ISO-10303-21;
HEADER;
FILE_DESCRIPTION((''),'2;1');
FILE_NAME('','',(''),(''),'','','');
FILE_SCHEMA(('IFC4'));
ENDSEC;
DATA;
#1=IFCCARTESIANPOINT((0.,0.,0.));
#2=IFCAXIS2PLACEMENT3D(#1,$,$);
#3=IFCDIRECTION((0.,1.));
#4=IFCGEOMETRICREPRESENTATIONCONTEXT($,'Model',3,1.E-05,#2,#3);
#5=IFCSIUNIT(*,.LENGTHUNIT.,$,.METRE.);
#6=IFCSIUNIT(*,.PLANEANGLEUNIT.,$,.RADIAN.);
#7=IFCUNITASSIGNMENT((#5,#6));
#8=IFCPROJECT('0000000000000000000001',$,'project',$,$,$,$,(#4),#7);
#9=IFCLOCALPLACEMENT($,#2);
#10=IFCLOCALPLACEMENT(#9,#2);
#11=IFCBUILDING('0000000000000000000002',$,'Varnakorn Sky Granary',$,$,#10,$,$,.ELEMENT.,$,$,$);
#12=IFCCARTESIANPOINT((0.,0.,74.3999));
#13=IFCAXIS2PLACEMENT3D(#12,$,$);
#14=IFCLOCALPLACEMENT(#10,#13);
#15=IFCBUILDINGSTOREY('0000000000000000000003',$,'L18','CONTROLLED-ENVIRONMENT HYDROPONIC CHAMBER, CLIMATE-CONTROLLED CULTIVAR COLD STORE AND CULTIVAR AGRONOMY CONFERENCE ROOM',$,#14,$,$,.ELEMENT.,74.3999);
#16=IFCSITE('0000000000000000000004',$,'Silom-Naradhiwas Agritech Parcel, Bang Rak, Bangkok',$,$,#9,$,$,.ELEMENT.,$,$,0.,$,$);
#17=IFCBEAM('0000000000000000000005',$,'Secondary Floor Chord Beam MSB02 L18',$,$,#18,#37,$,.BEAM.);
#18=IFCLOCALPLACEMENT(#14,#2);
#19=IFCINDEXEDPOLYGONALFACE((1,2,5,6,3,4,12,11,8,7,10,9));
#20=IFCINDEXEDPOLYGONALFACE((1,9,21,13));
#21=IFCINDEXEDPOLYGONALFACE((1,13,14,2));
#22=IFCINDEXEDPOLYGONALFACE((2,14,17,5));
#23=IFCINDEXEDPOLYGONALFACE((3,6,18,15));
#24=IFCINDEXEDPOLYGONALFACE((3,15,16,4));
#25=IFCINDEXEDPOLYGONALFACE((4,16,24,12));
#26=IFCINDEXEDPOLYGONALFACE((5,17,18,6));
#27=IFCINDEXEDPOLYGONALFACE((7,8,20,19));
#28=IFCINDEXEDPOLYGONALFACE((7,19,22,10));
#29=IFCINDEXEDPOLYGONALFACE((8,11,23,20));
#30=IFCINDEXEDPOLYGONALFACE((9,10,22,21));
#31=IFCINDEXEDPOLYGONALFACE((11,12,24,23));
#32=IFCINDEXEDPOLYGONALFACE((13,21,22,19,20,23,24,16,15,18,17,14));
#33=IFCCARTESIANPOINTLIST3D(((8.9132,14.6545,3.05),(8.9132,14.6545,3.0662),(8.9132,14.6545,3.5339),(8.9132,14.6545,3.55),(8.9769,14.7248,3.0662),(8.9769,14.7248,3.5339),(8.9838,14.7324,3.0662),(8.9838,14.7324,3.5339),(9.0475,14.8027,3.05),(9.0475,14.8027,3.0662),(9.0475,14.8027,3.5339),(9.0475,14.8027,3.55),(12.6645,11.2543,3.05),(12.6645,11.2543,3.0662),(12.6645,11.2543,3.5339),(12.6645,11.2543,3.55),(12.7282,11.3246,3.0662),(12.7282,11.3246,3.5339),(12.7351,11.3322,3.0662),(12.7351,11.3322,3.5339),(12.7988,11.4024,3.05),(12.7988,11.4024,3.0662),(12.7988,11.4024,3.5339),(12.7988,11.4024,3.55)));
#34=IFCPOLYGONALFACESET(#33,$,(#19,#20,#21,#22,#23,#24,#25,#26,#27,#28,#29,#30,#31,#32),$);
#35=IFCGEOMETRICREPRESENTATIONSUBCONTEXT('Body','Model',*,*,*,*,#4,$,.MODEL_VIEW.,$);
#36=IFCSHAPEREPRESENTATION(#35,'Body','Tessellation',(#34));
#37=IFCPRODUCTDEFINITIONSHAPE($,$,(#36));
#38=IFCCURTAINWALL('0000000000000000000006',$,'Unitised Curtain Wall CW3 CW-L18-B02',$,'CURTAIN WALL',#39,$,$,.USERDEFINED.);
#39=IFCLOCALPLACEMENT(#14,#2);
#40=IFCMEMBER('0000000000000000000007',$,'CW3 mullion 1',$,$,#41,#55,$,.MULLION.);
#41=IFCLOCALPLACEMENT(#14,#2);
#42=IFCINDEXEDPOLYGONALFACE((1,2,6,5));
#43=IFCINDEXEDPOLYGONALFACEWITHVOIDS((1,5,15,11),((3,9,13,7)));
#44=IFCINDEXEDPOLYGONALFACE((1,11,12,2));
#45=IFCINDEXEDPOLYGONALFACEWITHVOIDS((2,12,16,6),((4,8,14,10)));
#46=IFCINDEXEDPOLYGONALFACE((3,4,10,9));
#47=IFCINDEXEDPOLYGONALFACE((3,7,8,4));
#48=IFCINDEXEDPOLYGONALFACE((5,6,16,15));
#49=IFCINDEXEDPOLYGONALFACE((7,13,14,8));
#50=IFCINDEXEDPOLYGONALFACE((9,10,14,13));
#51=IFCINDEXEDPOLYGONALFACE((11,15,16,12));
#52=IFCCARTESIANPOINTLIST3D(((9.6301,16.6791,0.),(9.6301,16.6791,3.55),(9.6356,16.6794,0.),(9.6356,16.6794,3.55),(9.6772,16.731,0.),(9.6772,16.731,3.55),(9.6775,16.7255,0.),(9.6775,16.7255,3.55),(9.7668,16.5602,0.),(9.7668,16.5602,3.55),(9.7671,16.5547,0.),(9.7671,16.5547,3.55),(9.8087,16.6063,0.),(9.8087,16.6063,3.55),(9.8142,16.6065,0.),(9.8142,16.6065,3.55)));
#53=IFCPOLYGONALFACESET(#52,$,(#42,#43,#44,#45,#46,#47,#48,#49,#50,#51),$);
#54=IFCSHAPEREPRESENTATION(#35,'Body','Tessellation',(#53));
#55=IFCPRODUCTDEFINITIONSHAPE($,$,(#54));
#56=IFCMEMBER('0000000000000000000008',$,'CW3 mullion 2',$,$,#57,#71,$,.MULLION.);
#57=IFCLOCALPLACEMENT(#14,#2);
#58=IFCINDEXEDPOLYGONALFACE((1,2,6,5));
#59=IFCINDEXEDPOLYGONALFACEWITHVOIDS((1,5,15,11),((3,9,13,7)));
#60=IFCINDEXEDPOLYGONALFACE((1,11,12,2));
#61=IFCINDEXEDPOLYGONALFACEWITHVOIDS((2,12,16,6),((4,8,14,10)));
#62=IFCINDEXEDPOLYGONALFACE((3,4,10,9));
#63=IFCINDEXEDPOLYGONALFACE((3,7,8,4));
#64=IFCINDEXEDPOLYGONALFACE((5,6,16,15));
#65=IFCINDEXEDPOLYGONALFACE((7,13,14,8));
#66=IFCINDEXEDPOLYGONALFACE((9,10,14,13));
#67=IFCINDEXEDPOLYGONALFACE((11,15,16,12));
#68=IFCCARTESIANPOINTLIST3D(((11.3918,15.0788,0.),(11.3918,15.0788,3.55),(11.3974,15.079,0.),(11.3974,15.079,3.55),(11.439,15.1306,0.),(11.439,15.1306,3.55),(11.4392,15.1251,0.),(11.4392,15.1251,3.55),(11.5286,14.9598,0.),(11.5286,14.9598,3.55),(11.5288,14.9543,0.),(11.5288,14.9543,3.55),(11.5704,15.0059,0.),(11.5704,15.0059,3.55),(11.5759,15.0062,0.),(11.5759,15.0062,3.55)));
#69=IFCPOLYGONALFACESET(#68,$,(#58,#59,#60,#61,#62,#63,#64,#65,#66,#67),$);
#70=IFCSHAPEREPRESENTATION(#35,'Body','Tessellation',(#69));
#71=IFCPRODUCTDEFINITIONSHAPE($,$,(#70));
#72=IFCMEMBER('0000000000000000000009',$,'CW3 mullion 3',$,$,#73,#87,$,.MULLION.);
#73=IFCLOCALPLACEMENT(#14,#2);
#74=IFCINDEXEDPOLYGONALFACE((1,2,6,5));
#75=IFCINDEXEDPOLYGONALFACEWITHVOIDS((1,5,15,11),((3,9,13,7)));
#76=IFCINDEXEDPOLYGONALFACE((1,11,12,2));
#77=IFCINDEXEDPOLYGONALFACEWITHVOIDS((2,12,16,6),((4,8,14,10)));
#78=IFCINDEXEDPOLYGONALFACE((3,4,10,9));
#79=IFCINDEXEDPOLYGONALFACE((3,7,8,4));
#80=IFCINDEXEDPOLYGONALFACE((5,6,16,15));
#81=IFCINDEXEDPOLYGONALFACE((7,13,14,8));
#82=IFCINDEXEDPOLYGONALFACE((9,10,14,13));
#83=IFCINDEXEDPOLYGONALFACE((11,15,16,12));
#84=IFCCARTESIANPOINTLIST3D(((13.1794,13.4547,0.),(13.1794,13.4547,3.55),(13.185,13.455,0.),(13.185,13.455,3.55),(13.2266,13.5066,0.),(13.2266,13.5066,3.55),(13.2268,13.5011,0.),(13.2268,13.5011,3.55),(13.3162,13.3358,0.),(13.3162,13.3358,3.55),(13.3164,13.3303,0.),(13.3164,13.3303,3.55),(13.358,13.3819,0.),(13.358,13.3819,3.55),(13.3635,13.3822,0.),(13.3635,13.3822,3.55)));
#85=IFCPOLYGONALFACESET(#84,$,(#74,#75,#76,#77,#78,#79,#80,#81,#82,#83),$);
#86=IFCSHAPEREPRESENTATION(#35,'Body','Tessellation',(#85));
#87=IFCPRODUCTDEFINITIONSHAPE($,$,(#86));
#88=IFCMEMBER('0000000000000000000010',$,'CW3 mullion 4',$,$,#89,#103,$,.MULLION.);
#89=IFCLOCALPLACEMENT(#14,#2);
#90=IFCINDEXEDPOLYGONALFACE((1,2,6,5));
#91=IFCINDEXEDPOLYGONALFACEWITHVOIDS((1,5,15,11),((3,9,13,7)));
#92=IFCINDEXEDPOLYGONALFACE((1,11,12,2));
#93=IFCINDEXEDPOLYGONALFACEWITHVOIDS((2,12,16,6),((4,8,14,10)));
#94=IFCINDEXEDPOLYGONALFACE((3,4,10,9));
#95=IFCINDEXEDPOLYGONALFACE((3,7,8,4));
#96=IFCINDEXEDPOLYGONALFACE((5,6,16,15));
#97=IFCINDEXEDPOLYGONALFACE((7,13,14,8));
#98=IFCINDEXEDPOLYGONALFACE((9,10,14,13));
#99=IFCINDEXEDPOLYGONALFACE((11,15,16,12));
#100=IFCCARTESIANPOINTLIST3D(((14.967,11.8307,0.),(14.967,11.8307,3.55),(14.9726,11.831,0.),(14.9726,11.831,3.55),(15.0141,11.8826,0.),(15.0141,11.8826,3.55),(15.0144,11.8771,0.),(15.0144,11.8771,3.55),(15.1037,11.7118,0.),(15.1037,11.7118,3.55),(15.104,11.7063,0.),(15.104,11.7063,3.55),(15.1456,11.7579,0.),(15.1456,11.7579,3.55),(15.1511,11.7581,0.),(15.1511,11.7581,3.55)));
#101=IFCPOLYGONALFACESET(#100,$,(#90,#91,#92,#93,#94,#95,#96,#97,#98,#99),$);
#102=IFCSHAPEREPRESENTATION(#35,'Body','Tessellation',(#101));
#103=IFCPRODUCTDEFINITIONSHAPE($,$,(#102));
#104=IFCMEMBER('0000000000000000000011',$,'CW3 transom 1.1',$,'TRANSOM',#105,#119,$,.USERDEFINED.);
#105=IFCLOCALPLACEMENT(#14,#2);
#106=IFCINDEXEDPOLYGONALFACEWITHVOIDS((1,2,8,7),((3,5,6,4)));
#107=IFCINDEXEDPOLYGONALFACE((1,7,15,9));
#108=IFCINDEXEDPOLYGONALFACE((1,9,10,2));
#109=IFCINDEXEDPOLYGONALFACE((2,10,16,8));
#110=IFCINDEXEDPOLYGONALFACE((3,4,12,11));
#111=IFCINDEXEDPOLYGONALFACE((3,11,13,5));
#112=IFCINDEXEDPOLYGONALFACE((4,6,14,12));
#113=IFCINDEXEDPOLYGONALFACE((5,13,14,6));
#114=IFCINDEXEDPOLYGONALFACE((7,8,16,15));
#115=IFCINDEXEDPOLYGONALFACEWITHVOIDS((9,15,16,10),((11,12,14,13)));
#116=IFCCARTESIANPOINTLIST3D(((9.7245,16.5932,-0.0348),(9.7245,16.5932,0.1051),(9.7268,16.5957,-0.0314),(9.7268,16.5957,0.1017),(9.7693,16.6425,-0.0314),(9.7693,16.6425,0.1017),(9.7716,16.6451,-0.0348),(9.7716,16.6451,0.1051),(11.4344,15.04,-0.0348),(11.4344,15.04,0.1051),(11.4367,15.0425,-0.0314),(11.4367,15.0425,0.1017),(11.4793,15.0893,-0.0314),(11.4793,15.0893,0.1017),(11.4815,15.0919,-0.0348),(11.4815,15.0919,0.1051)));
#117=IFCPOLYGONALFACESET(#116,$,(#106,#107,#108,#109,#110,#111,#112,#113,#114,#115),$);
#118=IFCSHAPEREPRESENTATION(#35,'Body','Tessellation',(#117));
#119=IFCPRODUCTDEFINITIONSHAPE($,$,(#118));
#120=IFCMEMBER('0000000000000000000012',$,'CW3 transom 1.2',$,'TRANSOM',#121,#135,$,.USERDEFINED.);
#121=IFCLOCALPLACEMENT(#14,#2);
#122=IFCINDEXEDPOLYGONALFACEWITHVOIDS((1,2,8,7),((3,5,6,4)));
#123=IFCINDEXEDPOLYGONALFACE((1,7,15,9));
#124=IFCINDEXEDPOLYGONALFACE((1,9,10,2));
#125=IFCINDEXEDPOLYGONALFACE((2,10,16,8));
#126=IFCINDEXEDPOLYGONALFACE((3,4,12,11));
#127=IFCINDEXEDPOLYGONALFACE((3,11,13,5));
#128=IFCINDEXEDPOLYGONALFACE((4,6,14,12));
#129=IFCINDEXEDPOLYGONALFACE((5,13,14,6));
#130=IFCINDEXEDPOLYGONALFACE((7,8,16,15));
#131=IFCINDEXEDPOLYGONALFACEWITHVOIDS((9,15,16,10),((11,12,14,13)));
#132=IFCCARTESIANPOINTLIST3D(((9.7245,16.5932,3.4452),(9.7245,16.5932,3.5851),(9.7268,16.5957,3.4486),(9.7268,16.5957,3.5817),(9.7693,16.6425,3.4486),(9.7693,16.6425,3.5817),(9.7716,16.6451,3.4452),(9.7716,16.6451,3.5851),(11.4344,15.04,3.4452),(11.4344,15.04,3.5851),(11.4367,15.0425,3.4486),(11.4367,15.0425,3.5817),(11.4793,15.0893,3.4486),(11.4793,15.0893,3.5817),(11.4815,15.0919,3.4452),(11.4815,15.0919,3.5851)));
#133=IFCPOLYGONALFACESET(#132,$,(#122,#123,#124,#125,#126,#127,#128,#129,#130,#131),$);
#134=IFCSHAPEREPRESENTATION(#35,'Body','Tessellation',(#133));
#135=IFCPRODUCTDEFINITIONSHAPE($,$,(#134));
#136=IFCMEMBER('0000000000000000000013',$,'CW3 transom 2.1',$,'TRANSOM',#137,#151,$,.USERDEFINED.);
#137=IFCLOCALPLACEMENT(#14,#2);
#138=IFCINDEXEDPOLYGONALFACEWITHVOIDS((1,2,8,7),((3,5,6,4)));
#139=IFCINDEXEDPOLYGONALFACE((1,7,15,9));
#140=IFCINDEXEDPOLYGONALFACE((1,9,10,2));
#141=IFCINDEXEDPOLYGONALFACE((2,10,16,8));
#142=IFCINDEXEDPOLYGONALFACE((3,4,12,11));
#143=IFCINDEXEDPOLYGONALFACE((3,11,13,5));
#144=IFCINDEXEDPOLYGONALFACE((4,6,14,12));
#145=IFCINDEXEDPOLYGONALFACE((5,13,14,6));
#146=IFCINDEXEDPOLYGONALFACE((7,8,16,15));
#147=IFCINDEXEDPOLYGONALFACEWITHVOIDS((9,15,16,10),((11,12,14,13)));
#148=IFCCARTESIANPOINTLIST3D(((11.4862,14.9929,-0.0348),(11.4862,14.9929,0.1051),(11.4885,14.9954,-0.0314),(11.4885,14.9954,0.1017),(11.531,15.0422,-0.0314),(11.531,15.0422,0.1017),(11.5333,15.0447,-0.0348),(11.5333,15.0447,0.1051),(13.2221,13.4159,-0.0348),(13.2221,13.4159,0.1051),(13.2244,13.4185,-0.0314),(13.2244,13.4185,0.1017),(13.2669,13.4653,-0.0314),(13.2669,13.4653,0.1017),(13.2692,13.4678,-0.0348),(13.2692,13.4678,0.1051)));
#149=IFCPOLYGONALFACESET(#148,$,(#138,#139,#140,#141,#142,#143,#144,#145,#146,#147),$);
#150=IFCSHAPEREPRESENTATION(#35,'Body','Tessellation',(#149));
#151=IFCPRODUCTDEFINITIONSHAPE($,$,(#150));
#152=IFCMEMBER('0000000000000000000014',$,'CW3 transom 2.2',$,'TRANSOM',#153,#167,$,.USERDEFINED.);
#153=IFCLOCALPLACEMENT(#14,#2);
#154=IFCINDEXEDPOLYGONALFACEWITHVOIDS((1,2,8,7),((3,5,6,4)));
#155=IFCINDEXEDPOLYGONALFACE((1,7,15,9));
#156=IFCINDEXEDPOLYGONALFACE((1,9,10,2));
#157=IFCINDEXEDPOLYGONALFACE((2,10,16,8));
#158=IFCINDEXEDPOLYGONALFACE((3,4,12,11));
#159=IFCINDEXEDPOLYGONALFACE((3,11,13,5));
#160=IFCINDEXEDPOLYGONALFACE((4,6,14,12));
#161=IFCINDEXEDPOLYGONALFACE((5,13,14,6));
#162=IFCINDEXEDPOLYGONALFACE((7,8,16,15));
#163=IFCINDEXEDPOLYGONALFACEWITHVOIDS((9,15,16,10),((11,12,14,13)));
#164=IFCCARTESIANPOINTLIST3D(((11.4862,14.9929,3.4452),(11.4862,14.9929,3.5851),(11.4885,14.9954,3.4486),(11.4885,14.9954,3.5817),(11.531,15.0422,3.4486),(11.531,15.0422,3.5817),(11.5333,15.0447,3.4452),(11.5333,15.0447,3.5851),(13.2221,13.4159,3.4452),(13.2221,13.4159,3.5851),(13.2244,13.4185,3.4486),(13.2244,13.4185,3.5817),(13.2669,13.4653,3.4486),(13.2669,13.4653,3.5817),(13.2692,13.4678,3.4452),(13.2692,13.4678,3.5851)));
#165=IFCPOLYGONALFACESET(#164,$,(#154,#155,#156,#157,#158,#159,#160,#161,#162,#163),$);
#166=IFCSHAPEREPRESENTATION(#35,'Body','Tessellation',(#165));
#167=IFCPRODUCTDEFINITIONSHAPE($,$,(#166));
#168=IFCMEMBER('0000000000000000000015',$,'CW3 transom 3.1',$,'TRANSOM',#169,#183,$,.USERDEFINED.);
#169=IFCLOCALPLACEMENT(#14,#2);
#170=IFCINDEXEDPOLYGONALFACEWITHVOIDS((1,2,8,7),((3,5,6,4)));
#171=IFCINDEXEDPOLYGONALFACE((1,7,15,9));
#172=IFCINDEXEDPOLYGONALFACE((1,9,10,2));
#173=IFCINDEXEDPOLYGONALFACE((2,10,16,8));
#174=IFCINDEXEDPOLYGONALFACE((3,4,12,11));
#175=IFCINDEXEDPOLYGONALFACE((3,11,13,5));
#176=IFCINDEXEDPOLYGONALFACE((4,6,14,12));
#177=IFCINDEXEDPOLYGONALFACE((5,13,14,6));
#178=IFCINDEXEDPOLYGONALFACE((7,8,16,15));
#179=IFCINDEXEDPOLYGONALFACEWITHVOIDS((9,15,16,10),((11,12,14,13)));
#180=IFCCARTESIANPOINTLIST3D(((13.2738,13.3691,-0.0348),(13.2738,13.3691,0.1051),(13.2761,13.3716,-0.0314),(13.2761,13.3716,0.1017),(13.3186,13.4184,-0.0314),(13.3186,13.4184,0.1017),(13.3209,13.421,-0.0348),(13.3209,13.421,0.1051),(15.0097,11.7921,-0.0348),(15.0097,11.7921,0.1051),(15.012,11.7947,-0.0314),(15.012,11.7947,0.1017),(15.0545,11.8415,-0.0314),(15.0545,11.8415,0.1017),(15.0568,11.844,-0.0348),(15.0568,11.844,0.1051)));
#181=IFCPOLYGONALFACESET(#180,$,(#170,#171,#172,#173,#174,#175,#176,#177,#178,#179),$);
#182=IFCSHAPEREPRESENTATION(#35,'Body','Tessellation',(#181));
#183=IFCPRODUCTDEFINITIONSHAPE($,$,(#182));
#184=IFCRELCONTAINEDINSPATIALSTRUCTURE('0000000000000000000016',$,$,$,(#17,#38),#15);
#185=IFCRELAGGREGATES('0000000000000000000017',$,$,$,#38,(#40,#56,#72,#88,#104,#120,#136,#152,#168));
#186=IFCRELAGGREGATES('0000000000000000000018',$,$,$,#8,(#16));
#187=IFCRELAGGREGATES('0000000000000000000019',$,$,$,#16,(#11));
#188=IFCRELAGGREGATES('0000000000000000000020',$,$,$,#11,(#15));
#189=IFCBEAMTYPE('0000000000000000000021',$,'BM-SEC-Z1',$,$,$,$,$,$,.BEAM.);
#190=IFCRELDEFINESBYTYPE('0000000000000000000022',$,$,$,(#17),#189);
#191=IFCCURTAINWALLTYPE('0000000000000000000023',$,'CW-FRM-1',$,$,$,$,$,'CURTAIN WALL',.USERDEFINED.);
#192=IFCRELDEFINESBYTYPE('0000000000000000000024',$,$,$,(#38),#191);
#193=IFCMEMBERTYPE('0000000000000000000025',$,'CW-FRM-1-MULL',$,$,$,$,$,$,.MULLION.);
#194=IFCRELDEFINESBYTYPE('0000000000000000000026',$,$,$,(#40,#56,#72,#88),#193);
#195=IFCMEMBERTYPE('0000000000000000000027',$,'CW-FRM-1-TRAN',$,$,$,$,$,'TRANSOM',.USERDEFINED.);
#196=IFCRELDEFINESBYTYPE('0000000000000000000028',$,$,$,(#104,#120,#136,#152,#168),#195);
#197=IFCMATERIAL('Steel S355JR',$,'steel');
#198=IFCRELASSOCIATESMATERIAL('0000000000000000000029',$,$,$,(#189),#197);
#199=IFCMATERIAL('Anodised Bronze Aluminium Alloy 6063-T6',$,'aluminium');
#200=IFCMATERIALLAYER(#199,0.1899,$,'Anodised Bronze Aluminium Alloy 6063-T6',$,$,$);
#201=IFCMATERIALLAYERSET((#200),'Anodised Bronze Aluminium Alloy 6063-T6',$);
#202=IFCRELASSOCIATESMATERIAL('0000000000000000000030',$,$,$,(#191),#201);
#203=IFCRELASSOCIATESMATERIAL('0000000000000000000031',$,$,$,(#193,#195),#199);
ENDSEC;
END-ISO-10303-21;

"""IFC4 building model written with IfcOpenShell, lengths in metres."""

from ifc_helpers import new_model, si_unit, direction, frame, origin, origin_2d, place, context, subcontext, project, spatial, hollow_rectangle, i_section, extrude, material, layer, layer_set, material_profile, profile_set, type_object, element, aggregate, save


model = new_model("IFC4")

# Units and contexts
model_context = context("Model", 3, precision=1e-05, world=origin(), true_north=direction((0.0, 1.0)))
body_context = subcontext(model_context, "Body", "Model", "MODEL_VIEW")
ifc_project = project(units=[si_unit("LENGTHUNIT", "METRE"), si_unit("PLANEANGLEUNIT", "RADIAN")], contexts=[model_context])

# Site, building, storey
site_placement = place(None, origin())
site = spatial("IfcSite", under=ifc_project, at=site_placement, Name="Silom-Naradhiwas Agritech Parcel, Bang Rak, Bangkok", CompositionType="ELEMENT", RefElevation=0.0)
building_placement = place(site_placement, origin())
building = spatial("IfcBuilding", under=site, at=building_placement, Name="Varnakorn Sky Granary", CompositionType="ELEMENT")
storey_placement = place(building_placement, frame((0.0, 0.0, 74.3999)))
storey = spatial("IfcBuildingStorey", under=building, at=storey_placement, Name="L18", Description="CONTROLLED-ENVIRONMENT HYDROPONIC CHAMBER, CLIMATE-CONTROLLED CULTIVAR COLD STORE AND CULTIVAR AGRONOMY CONFERENCE ROOM", CompositionType="ELEMENT", Elevation=74.3999)

# Beam
ifc_material_1 = material(Name="Steel S355JR", Category="steel")
ifc_material_profile_1 = material_profile(ifc_material_1, i_section(OverallWidth=0.2, OverallDepth=0.5, WebThickness=0.0103, FlangeThickness=0.0161, at=origin_2d()), Name="IPE 500")
ifc_profile_set_1 = profile_set([ifc_material_profile_1], Name="Steel S355JR")
beam_type = type_object("IfcBeamType", Name="BM-SEC-Z1", PredefinedType="BEAM", material=ifc_profile_set_1)
beam_placement = place(storey_placement, frame((12.7317, 11.3284, 3.3), z_axis=(-0.740928, 0.671585, 0.0), x_axis=(-0.671585, -0.740928, 0.0)))
element("IfcBeam", 1, at=beam_placement, inside=storey, type_object=beam_type, Name="Secondary Floor Chord Beam MSB02 L18", PredefinedType="BEAM", context=body_context, shape_type="SweptSolid", body=[
    extrude(i_section(OverallWidth=0.2, OverallDepth=0.5, WebThickness=0.0103, FlangeThickness=0.0161, at=origin_2d()), origin(), (0.0, 0.0, 1.0), 5.063),
])

# Curtain wall, members
ifc_material_2 = material(Name="Anodised Bronze Aluminium Alloy 6063-T6", Category="aluminium")
ifc_layer_1 = layer(ifc_material_2, 0.1899, Name="Anodised Bronze Aluminium Alloy 6063-T6")
ifc_layer_set_1 = layer_set([ifc_layer_1], Name="Anodised Bronze Aluminium Alloy 6063-T6")
curtain_wall_type = type_object("IfcCurtainWallType", Name="CW-FRM-1", ElementType="CURTAIN WALL", PredefinedType="USERDEFINED", material=ifc_layer_set_1)
curtain_wall_placement = place(storey_placement, origin())
curtain_wall = element("IfcCurtainWall", 2, at=curtain_wall_placement, inside=storey, type_object=curtain_wall_type, Name="Unitised Curtain Wall CW3 CW-L18-B02", ObjectType="CURTAIN WALL", PredefinedType="USERDEFINED")
ifc_material_profile_2 = material_profile(ifc_material_2, hollow_rectangle(XDim=0.0701, YDim=0.1851, WallThickness=0.0039, at=origin_2d()), Name="ALU MULL 70x185")
ifc_profile_set_2 = profile_set([ifc_material_profile_2], Name="Anodised Bronze Aluminium Alloy 6063-T6")
member_type_1 = type_object("IfcMemberType", Name="CW-FRM-1-MULL", PredefinedType="MULLION", material=ifc_profile_set_2)
member_1_placement = place(storey_placement, frame((9.7222, 16.6428, 0.0), z_axis=(0.0, 0.0, 1.0), x_axis=(0.672398, 0.74019, 0.0)))
member_1 = element("IfcMember", 3, at=member_1_placement, type_object=member_type_1, Name="CW3 mullion 1", PredefinedType="MULLION", context=body_context, shape_type="SweptSolid", body=[
    extrude(hollow_rectangle(XDim=0.0701, YDim=0.1851, WallThickness=0.0039, at=origin_2d()), origin(), (0.0, 0.0, 1.0), 3.55),
])
member_2_placement = place(storey_placement, frame((11.4839, 15.0425, 0.0), z_axis=(0.0, 0.0, 1.0), x_axis=(0.672398, 0.74019, 0.0)))
member_2 = element("IfcMember", 4, at=member_2_placement, type_object=member_type_1, Name="CW3 mullion 2", PredefinedType="MULLION", context=body_context, shape_type="SweptSolid", body=[
    extrude(hollow_rectangle(XDim=0.0701, YDim=0.1851, WallThickness=0.0039, at=origin_2d()), origin(), (0.0, 0.0, 1.0), 3.55),
])
member_3_placement = place(storey_placement, frame((13.2715, 13.4185, 0.0), z_axis=(0.0, 0.0, 1.0), x_axis=(0.672398, 0.74019, 0.0)))
member_3 = element("IfcMember", 5, at=member_3_placement, type_object=member_type_1, Name="CW3 mullion 3", PredefinedType="MULLION", context=body_context, shape_type="SweptSolid", body=[
    extrude(hollow_rectangle(XDim=0.0701, YDim=0.1851, WallThickness=0.0039, at=origin_2d()), origin(), (0.0, 0.0, 1.0), 3.55),
])
member_4_placement = place(storey_placement, frame((15.0591, 11.7944, 0.0), z_axis=(0.0, 0.0, 1.0), x_axis=(0.672398, 0.74019, 0.0)))
member_4 = element("IfcMember", 6, at=member_4_placement, type_object=member_type_1, Name="CW3 mullion 4", PredefinedType="MULLION", context=body_context, shape_type="SweptSolid", body=[
    extrude(hollow_rectangle(XDim=0.0701, YDim=0.1851, WallThickness=0.0039, at=origin_2d()), origin(), (0.0, 0.0, 1.0), 3.55),
])
ifc_material_profile_3 = material_profile(ifc_material_2, hollow_rectangle(XDim=0.0701, YDim=0.1399, WallThickness=0.0034, at=origin_2d()), Name="ALU TRAN 70x140")
ifc_profile_set_3 = profile_set([ifc_material_profile_3], Name="Anodised Bronze Aluminium Alloy 6063-T6")
member_type_2 = type_object("IfcMemberType", Name="CW-FRM-1-TRAN", ElementType="TRANSOM", PredefinedType="USERDEFINED", material=ifc_profile_set_3)
member_5_placement = place(storey_placement, frame((9.748, 16.6191, 0.0352), z_axis=(0.740217, -0.672368, 0.0), x_axis=(0.672368, 0.740217, 0.0)))
member_5 = element("IfcMember", 7, at=member_5_placement, type_object=member_type_2, Name="CW3 transom 1.1", ObjectType="TRANSOM", PredefinedType="USERDEFINED", context=body_context, shape_type="SweptSolid", body=[
    extrude(hollow_rectangle(XDim=0.0701, YDim=0.1399, WallThickness=0.0034, at=origin_2d()), origin(), (0.0, 0.0, 1.0), 2.3101),
])
member_6_placement = place(storey_placement, frame((9.748, 16.6191, 3.5151), z_axis=(0.740217, -0.672368, 0.0), x_axis=(0.672368, 0.740217, 0.0)))
member_6 = element("IfcMember", 8, at=member_6_placement, type_object=member_type_2, Name="CW3 transom 1.2", ObjectType="TRANSOM", PredefinedType="USERDEFINED", context=body_context, shape_type="SweptSolid", body=[
    extrude(hollow_rectangle(XDim=0.0701, YDim=0.1399, WallThickness=0.0034, at=origin_2d()), origin(), (0.0, 0.0, 1.0), 2.3101),
])
member_7_placement = place(storey_placement, frame((11.5098, 15.0188, 0.0352), z_axis=(0.74018, -0.672408, 0.0), x_axis=(0.672408, 0.74018, 0.0)))
member_7 = element("IfcMember", 9, at=member_7_placement, type_object=member_type_2, Name="CW3 transom 2.1", ObjectType="TRANSOM", PredefinedType="USERDEFINED", context=body_context, shape_type="SweptSolid", body=[
    extrude(hollow_rectangle(XDim=0.0701, YDim=0.1399, WallThickness=0.0034, at=origin_2d()), origin(), (0.0, 0.0, 1.0), 2.3452),
])
member_8_placement = place(storey_placement, frame((11.5098, 15.0188, 3.5151), z_axis=(0.74018, -0.672408, 0.0), x_axis=(0.672408, 0.74018, 0.0)))
member_8 = element("IfcMember", 10, at=member_8_placement, type_object=member_type_2, Name="CW3 transom 2.2", ObjectType="TRANSOM", PredefinedType="USERDEFINED", context=body_context, shape_type="SweptSolid", body=[
    extrude(hollow_rectangle(XDim=0.0701, YDim=0.1399, WallThickness=0.0034, at=origin_2d()), origin(), (0.0, 0.0, 1.0), 2.3452),
])
member_9_placement = place(storey_placement, frame((13.2974, 13.395, 0.0352), z_axis=(0.74018, -0.672408, 0.0), x_axis=(0.672408, 0.74018, 0.0)))
member_9 = element("IfcMember", 11, at=member_9_placement, type_object=member_type_2, Name="CW3 transom 3.1", ObjectType="TRANSOM", PredefinedType="USERDEFINED", context=body_context, shape_type="SweptSolid", body=[
    extrude(hollow_rectangle(XDim=0.0701, YDim=0.1399, WallThickness=0.0034, at=origin_2d()), origin(), (0.0, 0.0, 1.0), 2.3452),
])
aggregate(curtain_wall, [member_1, member_2, member_3, member_4, member_5, member_6, member_7, member_8, member_9])

save(model, "model.ifc")
